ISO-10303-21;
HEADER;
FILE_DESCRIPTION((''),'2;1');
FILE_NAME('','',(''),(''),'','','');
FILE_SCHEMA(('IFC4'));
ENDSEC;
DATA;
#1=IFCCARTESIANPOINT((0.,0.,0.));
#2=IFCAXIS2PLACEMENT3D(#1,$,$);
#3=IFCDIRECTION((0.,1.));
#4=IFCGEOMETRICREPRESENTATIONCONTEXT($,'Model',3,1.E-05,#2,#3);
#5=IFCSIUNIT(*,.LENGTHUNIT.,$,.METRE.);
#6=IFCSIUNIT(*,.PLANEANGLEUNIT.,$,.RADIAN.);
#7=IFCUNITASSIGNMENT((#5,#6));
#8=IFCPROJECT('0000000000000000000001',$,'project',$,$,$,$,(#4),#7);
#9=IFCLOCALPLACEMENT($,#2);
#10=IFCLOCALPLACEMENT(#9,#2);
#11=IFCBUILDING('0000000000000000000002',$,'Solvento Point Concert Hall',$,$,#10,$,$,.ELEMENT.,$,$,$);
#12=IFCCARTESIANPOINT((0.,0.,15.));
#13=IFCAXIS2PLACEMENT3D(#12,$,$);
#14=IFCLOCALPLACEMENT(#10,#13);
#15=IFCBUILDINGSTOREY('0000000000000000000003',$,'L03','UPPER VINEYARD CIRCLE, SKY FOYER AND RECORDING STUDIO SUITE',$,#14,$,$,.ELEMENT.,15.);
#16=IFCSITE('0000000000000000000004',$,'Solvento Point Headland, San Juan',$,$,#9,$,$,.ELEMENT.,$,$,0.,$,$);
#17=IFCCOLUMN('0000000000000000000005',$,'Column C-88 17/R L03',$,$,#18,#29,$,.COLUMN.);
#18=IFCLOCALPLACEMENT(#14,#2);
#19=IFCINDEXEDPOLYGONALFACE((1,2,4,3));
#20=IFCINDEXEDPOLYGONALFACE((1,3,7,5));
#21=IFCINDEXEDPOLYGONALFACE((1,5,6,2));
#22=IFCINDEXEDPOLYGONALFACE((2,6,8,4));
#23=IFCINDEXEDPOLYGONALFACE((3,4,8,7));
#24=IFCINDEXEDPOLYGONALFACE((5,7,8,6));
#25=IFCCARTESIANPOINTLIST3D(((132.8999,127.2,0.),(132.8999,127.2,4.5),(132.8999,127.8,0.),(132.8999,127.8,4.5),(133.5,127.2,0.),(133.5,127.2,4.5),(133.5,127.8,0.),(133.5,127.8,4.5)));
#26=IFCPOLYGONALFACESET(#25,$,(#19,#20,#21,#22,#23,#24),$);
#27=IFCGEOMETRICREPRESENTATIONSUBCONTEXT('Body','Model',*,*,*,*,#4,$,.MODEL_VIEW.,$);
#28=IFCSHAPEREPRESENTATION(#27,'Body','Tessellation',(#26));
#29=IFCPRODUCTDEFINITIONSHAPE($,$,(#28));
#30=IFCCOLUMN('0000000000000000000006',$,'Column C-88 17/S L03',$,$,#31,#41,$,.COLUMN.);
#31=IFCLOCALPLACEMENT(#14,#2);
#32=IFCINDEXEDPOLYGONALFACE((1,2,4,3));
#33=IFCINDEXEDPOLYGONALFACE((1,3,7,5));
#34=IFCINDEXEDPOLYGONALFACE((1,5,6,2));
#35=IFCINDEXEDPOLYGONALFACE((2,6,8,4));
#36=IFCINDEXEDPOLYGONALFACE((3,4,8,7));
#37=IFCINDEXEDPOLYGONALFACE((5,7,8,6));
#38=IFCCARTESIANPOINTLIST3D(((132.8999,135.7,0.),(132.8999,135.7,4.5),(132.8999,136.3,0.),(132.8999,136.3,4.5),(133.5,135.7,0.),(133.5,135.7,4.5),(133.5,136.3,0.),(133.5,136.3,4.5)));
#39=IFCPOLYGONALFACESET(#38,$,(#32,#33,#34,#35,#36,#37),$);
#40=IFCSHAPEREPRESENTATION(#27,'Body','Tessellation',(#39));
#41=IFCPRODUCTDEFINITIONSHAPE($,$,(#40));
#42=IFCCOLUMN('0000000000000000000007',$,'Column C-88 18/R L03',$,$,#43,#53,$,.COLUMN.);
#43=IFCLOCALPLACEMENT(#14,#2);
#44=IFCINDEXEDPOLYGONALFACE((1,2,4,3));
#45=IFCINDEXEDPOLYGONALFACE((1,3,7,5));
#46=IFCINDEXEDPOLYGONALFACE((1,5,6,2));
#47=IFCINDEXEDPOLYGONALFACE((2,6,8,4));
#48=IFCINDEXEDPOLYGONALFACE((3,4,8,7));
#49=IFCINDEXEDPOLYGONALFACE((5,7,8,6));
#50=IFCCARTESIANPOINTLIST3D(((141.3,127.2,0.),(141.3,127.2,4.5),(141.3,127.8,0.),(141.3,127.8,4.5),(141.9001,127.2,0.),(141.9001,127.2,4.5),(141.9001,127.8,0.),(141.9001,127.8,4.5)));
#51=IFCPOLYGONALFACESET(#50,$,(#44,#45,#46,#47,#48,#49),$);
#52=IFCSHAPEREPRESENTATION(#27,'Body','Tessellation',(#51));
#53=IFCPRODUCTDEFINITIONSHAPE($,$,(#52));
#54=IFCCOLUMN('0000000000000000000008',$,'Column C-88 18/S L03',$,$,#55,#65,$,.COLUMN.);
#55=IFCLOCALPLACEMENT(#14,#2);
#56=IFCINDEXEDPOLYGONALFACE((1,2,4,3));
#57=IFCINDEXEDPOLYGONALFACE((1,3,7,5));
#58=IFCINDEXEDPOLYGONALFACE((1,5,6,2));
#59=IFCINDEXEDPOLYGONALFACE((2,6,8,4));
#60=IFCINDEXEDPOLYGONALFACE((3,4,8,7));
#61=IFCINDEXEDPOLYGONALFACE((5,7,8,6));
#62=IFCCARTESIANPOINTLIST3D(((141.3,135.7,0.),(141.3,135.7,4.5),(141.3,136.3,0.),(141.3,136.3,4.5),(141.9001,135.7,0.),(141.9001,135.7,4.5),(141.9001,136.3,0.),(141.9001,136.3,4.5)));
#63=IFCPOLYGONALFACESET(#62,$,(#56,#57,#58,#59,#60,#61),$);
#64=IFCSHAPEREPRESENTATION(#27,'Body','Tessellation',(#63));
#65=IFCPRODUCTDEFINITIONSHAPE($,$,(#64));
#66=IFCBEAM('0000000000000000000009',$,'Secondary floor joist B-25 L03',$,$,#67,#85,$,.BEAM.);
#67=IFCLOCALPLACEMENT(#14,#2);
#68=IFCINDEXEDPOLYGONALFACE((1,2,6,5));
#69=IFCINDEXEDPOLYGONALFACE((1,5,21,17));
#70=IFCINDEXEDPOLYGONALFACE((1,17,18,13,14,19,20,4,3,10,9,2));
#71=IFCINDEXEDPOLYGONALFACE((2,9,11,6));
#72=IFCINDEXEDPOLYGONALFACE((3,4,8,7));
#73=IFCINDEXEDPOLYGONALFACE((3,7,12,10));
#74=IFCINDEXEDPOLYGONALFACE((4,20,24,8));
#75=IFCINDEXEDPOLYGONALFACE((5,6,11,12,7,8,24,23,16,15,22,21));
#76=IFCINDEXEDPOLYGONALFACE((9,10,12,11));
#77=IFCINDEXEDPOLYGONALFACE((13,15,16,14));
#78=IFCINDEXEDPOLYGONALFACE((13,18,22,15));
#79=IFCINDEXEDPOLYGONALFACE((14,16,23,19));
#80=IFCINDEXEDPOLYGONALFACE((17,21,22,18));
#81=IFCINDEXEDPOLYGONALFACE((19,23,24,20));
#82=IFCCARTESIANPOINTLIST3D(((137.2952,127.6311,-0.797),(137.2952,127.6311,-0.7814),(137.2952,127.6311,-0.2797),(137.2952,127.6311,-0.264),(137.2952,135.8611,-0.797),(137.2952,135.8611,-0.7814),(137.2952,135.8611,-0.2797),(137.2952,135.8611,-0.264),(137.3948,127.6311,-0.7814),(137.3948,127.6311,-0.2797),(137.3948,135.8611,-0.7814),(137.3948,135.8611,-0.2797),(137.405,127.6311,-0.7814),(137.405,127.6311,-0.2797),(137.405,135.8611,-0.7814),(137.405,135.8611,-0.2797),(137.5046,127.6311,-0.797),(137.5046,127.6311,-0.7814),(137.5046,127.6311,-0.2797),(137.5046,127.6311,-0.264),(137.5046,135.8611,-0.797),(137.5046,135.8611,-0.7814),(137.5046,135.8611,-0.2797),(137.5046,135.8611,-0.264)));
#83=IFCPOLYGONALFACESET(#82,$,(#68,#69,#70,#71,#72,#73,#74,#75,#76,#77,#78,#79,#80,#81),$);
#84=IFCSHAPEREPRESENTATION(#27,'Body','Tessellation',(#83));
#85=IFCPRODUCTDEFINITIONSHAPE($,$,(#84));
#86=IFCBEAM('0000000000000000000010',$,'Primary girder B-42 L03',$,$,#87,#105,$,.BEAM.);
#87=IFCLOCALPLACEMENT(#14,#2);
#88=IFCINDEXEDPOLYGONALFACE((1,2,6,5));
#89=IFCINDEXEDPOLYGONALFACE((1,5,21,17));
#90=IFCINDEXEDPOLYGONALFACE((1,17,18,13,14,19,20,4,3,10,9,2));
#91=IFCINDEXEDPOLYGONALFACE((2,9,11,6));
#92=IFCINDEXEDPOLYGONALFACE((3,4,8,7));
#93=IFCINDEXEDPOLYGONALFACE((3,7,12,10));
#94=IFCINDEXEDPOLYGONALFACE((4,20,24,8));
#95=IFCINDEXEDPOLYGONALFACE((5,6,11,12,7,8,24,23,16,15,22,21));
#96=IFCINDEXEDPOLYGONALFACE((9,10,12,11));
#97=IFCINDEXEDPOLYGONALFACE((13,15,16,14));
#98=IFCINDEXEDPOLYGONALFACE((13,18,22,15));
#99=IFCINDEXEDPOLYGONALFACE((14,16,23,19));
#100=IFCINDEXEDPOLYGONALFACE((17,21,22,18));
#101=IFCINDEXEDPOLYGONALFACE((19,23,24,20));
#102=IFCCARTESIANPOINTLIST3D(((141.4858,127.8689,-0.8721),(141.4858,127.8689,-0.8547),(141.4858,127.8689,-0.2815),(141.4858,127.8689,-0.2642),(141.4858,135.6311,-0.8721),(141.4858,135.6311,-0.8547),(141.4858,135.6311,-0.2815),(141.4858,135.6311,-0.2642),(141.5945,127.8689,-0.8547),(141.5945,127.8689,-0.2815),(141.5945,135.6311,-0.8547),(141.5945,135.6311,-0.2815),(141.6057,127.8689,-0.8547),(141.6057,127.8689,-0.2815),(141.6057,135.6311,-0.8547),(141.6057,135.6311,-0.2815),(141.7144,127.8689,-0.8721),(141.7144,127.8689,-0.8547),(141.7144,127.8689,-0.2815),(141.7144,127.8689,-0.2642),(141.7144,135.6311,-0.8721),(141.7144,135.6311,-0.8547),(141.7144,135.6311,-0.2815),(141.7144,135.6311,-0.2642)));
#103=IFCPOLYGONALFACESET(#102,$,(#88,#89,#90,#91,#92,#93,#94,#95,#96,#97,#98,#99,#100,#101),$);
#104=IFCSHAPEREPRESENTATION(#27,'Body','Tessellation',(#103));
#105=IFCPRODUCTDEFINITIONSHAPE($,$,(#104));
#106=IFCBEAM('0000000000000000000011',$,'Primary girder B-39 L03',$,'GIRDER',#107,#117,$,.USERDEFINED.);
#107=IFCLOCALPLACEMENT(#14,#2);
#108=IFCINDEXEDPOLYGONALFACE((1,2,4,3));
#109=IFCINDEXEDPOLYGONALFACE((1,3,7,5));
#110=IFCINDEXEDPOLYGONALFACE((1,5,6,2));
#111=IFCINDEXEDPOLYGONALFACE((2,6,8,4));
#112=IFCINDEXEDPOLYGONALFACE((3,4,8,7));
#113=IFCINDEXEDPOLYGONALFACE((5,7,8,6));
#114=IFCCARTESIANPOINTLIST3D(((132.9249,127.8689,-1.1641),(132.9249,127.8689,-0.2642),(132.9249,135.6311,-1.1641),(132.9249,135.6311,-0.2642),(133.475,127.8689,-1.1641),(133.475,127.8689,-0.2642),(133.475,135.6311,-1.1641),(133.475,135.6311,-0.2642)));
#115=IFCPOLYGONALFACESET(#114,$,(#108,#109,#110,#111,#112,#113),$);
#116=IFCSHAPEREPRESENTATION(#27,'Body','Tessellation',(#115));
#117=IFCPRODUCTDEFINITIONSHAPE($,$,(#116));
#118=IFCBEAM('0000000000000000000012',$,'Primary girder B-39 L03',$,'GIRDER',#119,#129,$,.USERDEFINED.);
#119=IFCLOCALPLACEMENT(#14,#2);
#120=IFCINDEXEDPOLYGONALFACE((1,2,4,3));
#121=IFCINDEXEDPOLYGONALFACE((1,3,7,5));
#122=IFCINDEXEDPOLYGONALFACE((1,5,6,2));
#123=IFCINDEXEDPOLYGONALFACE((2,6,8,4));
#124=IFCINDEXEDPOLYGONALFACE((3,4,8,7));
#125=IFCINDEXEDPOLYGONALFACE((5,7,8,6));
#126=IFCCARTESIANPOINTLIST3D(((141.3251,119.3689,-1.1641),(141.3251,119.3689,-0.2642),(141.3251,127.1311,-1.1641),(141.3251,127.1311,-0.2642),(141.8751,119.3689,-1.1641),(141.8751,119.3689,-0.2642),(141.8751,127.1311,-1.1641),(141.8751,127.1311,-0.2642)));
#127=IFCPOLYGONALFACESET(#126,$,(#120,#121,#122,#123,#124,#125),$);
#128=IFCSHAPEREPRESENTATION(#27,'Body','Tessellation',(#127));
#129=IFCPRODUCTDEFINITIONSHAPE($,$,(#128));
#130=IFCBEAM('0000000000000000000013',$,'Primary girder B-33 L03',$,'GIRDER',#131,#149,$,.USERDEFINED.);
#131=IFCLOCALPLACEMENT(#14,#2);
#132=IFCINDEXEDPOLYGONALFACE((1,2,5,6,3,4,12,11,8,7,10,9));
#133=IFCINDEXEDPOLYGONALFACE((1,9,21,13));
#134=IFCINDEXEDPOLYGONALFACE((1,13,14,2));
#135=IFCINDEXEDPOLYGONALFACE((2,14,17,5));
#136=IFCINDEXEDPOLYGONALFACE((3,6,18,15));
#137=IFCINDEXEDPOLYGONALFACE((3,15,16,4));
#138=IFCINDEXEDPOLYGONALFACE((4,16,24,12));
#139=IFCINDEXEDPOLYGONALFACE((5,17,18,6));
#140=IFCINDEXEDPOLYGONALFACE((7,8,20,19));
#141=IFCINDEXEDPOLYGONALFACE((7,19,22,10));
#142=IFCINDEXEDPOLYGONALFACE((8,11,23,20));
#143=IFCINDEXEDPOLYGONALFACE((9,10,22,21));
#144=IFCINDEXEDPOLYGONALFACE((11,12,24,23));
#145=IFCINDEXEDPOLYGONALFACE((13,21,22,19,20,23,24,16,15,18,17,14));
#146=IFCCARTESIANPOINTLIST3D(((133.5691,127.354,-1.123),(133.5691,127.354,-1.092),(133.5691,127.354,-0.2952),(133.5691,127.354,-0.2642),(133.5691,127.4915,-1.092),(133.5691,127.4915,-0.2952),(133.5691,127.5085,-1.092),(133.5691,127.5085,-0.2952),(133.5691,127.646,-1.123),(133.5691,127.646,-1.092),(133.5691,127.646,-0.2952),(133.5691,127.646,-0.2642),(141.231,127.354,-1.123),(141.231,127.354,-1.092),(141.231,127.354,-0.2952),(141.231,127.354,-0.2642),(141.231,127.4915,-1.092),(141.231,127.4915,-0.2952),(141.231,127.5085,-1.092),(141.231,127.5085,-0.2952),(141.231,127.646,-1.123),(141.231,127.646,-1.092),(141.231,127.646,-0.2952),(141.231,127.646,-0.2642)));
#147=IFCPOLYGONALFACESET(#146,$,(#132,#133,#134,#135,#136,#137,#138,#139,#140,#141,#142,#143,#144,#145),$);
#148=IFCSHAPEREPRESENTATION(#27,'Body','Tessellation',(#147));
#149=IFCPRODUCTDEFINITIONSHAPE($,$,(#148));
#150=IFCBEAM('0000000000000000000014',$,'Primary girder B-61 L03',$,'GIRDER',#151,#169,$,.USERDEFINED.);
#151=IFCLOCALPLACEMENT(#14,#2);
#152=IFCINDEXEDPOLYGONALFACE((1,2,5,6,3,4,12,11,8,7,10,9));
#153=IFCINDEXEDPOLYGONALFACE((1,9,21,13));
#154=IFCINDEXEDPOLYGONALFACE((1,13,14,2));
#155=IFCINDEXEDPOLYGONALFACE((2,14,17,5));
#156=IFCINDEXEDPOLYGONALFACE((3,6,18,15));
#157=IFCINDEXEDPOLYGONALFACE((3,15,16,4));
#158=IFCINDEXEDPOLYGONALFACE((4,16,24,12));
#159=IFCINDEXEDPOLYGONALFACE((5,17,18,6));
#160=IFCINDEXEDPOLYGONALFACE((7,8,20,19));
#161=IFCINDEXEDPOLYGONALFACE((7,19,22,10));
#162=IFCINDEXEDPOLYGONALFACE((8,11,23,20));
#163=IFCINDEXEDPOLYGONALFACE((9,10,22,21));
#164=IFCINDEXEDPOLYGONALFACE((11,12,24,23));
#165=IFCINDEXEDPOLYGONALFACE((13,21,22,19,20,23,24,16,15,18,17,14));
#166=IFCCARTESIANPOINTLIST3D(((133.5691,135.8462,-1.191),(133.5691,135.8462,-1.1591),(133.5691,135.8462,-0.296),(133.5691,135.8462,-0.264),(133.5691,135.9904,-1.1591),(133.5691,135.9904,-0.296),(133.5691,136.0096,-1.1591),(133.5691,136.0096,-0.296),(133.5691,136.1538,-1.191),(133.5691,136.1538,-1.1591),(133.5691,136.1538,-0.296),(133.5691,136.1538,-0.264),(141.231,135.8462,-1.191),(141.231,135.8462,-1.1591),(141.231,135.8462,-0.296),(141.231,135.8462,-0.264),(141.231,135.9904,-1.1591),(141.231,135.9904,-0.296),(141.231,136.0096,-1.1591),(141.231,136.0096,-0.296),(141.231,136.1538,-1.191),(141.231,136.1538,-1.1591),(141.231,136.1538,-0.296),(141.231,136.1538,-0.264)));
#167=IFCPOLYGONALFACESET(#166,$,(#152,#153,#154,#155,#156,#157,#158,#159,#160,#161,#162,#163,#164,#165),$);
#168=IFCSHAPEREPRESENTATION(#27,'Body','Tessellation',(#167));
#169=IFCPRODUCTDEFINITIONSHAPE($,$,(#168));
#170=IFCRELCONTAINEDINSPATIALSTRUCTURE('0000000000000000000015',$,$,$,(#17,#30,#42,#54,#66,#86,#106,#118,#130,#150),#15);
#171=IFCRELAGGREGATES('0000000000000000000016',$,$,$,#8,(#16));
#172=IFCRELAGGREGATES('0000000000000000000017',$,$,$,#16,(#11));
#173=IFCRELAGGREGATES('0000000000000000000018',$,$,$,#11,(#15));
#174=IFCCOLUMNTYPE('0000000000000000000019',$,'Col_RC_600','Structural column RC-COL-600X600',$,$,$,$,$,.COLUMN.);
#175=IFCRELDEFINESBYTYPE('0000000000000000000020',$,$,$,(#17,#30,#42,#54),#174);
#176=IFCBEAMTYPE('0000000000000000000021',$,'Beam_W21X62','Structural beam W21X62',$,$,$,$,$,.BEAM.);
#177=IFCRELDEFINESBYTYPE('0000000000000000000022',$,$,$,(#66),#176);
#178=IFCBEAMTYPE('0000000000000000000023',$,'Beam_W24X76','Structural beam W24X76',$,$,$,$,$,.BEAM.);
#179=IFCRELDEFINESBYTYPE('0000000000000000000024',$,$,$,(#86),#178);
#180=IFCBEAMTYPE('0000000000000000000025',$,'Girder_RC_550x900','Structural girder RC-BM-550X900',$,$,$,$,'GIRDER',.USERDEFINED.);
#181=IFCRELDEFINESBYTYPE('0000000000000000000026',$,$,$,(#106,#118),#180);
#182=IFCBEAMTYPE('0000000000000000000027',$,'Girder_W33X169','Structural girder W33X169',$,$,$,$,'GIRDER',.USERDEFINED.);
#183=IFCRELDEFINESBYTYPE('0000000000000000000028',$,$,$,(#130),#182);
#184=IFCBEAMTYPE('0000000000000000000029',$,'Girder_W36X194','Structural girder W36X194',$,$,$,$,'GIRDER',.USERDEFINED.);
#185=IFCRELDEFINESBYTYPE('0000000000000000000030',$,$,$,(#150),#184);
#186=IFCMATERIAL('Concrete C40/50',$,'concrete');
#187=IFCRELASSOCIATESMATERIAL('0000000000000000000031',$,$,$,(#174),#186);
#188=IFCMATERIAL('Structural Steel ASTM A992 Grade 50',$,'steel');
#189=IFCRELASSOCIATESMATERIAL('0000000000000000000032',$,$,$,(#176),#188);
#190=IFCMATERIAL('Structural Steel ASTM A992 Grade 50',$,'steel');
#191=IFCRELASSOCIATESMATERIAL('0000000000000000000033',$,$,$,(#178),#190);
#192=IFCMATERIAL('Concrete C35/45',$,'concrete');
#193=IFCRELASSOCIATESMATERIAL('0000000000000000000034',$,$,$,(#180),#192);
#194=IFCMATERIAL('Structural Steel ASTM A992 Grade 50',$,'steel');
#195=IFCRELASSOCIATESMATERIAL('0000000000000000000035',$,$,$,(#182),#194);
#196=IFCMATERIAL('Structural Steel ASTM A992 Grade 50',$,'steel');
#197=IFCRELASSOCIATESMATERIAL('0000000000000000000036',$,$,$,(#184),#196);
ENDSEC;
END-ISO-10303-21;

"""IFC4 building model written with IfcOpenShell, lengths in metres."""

from ifc_helpers import new_model, si_unit, direction, frame, origin, origin_2d, place, context, subcontext, project, spatial, rectangle, i_section, extrude, material, material_profile, profile_set, type_object, element, save


model = new_model("IFC4")

# Units and contexts
model_context = context("Model", 3, precision=1e-05, world=origin(), true_north=direction((0.0, 1.0)))
body_context = subcontext(model_context, "Body", "Model", "MODEL_VIEW")
ifc_project = project(units=[si_unit("LENGTHUNIT", "METRE"), si_unit("PLANEANGLEUNIT", "RADIAN")], contexts=[model_context])

# Site, building, storey
site_placement = place(None, origin())
site = spatial("IfcSite", under=ifc_project, at=site_placement, Name="Solvento Point Headland, San Juan", CompositionType="ELEMENT", RefElevation=0.0)
building_placement = place(site_placement, origin())
building = spatial("IfcBuilding", under=site, at=building_placement, Name="Solvento Point Concert Hall", CompositionType="ELEMENT")
storey_placement = place(building_placement, frame((0.0, 0.0, 15.0)))
storey = spatial("IfcBuildingStorey", under=building, at=storey_placement, Name="L03", Description="UPPER VINEYARD CIRCLE, SKY FOYER AND RECORDING STUDIO SUITE", CompositionType="ELEMENT", Elevation=15.0)

# Columns
ifc_material_1 = material(Name="Concrete C40/50", Category="concrete")
ifc_material_profile_1 = material_profile(ifc_material_1, rectangle(XDim=0.6001, YDim=0.6001, at=origin_2d()), Name="RC-COL-600X600")
ifc_profile_set_1 = profile_set([ifc_material_profile_1], Name="Concrete C40/50")
column_type = type_object("IfcColumnType", Name="Col_RC_600", Description="Structural column RC-COL-600X600", PredefinedType="COLUMN", material=ifc_profile_set_1)
for number, where, z_axis, x_axis, name in (
    (1, (133.2, 127.5, 0.0), (0.0, 0.0, 1.0), (1.0, 0.0, 0.0), "Column C-88 17/R L03"),
    (2, (133.2, 136.0, 0.0), (0.0, 0.0, 1.0), (1.0, 0.0, 0.0), "Column C-88 17/S L03"),
    (3, (141.6001, 127.5, 0.0), (0.0, 0.0, 1.0), (1.0, 0.0, 0.0), "Column C-88 18/R L03"),
    (4, (141.6001, 136.0, 0.0), (0.0, 0.0, 1.0), (1.0, 0.0, 0.0), "Column C-88 18/S L03"),
):
    element("IfcColumn", number, at=place(storey_placement, frame(where, z_axis=z_axis, x_axis=x_axis)), inside=storey, type_object=column_type, Name=name, PredefinedType="COLUMN", context=body_context, shape_type="SweptSolid", body=[
        extrude(rectangle(XDim=0.6001, YDim=0.6001, at=origin_2d()), origin(), (0.0, 0.0, 1.0), 4.5),
    ])

# Beams
ifc_material_2 = material(Name="Structural Steel ASTM A992 Grade 50", Category="steel")
ifc_material_profile_2 = material_profile(ifc_material_2, i_section(OverallWidth=0.2095, OverallDepth=0.533, WebThickness=0.0103, FlangeThickness=0.0156, at=origin_2d()), Name="W21X62")
ifc_profile_set_2 = profile_set([ifc_material_profile_2], Name="Structural Steel ASTM A992 Grade 50")
beam_type_1 = type_object("IfcBeamType", Name="Beam_W21X62", Description="Structural beam W21X62", PredefinedType="BEAM", material=ifc_profile_set_2)
beam_1_placement = place(storey_placement, frame((137.3999, 127.6311, -0.5305), z_axis=(0.0, 1.0, 0.0), x_axis=(-1.0, 0.0, 0.0)))
element("IfcBeam", 5, at=beam_1_placement, inside=storey, type_object=beam_type_1, Name="Secondary floor joist B-25 L03", PredefinedType="BEAM", context=body_context, shape_type="SweptSolid", body=[
    extrude(i_section(OverallWidth=0.2095, OverallDepth=0.533, WebThickness=0.0103, FlangeThickness=0.0156, at=origin_2d()), origin(), (0.0, 0.0, 1.0), 8.23),
])
ifc_material_3 = material(Name="Structural Steel ASTM A992 Grade 50", Category="steel")
ifc_material_profile_3 = material_profile(ifc_material_3, i_section(OverallWidth=0.2285, OverallDepth=0.6079, WebThickness=0.0112, FlangeThickness=0.0173, at=origin_2d()), Name="W24X76")
ifc_profile_set_3 = profile_set([ifc_material_profile_3], Name="Structural Steel ASTM A992 Grade 50")
beam_type_2 = type_object("IfcBeamType", Name="Beam_W24X76", Description="Structural beam W24X76", PredefinedType="BEAM", material=ifc_profile_set_3)
beam_2_placement = place(storey_placement, frame((141.6001, 127.8689, -0.5681), z_axis=(0.0, 1.0, 0.0), x_axis=(-1.0, 0.0, 0.0)))
element("IfcBeam", 6, at=beam_2_placement, inside=storey, type_object=beam_type_2, Name="Primary girder B-42 L03", PredefinedType="BEAM", context=body_context, shape_type="SweptSolid", body=[
    extrude(i_section(OverallWidth=0.2285, OverallDepth=0.6079, WebThickness=0.0112, FlangeThickness=0.0173, at=origin_2d()), origin(), (0.0, 0.0, 1.0), 7.7622),
])
ifc_material_4 = material(Name="Concrete C35/45", Category="concrete")
ifc_material_profile_4 = material_profile(ifc_material_4, rectangle(XDim=0.55, YDim=0.8999, at=origin_2d()), Name="RC-BM-550X900")
ifc_profile_set_4 = profile_set([ifc_material_profile_4], Name="Concrete C35/45")
beam_type_3 = type_object("IfcBeamType", Name="Girder_RC_550x900", Description="Structural girder RC-BM-550X900", ElementType="GIRDER", PredefinedType="USERDEFINED", material=ifc_profile_set_4)
for number, where, z_axis, x_axis, name in (
    (7, (133.2, 127.8689, -0.7141), (0.0, 1.0, 0.0), (-1.0, 0.0, 0.0), "Primary girder B-39 L03"),
    (8, (141.6001, 119.3689, -0.7141), (0.0, 1.0, 0.0), (-1.0, 0.0, 0.0), "Primary girder B-39 L03"),
):
    element("IfcBeam", number, at=place(storey_placement, frame(where, z_axis=z_axis, x_axis=x_axis)), inside=storey, type_object=beam_type_3, Name=name, ObjectType="GIRDER", PredefinedType="USERDEFINED", context=body_context, shape_type="SweptSolid", body=[
        extrude(rectangle(XDim=0.55, YDim=0.8999, at=origin_2d()), origin(), (0.0, 0.0, 1.0), 7.7622),
    ])
ifc_material_5 = material(Name="Structural Steel ASTM A992 Grade 50", Category="steel")
ifc_material_profile_5 = material_profile(ifc_material_5, i_section(OverallWidth=0.292, OverallDepth=0.8589, WebThickness=0.0171, FlangeThickness=0.031, at=origin_2d()), Name="W33X169")
ifc_profile_set_5 = profile_set([ifc_material_profile_5], Name="Structural Steel ASTM A992 Grade 50")
beam_type_4 = type_object("IfcBeamType", Name="Girder_W33X169", Description="Structural girder W33X169", ElementType="GIRDER", PredefinedType="USERDEFINED", material=ifc_profile_set_5)
beam_3_placement = place(storey_placement, frame((133.5691, 127.5, -0.6936), z_axis=(1.0, 0.0, 0.0), x_axis=(0.0, 1.0, 0.0)))
element("IfcBeam", 9, at=beam_3_placement, inside=storey, type_object=beam_type_4, Name="Primary girder B-33 L03", ObjectType="GIRDER", PredefinedType="USERDEFINED", context=body_context, shape_type="SweptSolid", body=[
    extrude(i_section(OverallWidth=0.292, OverallDepth=0.8589, WebThickness=0.0171, FlangeThickness=0.031, at=origin_2d()), origin(), (0.0, 0.0, 1.0), 7.6619),
])
ifc_material_6 = material(Name="Structural Steel ASTM A992 Grade 50", Category="steel")
ifc_material_profile_6 = material_profile(ifc_material_6, i_section(OverallWidth=0.3076, OverallDepth=0.927, WebThickness=0.0193, FlangeThickness=0.032, at=origin_2d()), Name="W36X194")
ifc_profile_set_6 = profile_set([ifc_material_profile_6], Name="Structural Steel ASTM A992 Grade 50")
beam_type_5 = type_object("IfcBeamType", Name="Girder_W36X194", Description="Structural girder W36X194", ElementType="GIRDER", PredefinedType="USERDEFINED", material=ifc_profile_set_6)
beam_4_placement = place(storey_placement, frame((133.5691, 136.0, -0.7275), z_axis=(1.0, 0.0, 0.0), x_axis=(0.0, 1.0, 0.0)))
element("IfcBeam", 10, at=beam_4_placement, inside=storey, type_object=beam_type_5, Name="Primary girder B-61 L03", ObjectType="GIRDER", PredefinedType="USERDEFINED", context=body_context, shape_type="SweptSolid", body=[
    extrude(i_section(OverallWidth=0.3076, OverallDepth=0.927, WebThickness=0.0193, FlangeThickness=0.032, at=origin_2d()), origin(), (0.0, 0.0, 1.0), 7.6619),
])

save(model, "model.ifc")
